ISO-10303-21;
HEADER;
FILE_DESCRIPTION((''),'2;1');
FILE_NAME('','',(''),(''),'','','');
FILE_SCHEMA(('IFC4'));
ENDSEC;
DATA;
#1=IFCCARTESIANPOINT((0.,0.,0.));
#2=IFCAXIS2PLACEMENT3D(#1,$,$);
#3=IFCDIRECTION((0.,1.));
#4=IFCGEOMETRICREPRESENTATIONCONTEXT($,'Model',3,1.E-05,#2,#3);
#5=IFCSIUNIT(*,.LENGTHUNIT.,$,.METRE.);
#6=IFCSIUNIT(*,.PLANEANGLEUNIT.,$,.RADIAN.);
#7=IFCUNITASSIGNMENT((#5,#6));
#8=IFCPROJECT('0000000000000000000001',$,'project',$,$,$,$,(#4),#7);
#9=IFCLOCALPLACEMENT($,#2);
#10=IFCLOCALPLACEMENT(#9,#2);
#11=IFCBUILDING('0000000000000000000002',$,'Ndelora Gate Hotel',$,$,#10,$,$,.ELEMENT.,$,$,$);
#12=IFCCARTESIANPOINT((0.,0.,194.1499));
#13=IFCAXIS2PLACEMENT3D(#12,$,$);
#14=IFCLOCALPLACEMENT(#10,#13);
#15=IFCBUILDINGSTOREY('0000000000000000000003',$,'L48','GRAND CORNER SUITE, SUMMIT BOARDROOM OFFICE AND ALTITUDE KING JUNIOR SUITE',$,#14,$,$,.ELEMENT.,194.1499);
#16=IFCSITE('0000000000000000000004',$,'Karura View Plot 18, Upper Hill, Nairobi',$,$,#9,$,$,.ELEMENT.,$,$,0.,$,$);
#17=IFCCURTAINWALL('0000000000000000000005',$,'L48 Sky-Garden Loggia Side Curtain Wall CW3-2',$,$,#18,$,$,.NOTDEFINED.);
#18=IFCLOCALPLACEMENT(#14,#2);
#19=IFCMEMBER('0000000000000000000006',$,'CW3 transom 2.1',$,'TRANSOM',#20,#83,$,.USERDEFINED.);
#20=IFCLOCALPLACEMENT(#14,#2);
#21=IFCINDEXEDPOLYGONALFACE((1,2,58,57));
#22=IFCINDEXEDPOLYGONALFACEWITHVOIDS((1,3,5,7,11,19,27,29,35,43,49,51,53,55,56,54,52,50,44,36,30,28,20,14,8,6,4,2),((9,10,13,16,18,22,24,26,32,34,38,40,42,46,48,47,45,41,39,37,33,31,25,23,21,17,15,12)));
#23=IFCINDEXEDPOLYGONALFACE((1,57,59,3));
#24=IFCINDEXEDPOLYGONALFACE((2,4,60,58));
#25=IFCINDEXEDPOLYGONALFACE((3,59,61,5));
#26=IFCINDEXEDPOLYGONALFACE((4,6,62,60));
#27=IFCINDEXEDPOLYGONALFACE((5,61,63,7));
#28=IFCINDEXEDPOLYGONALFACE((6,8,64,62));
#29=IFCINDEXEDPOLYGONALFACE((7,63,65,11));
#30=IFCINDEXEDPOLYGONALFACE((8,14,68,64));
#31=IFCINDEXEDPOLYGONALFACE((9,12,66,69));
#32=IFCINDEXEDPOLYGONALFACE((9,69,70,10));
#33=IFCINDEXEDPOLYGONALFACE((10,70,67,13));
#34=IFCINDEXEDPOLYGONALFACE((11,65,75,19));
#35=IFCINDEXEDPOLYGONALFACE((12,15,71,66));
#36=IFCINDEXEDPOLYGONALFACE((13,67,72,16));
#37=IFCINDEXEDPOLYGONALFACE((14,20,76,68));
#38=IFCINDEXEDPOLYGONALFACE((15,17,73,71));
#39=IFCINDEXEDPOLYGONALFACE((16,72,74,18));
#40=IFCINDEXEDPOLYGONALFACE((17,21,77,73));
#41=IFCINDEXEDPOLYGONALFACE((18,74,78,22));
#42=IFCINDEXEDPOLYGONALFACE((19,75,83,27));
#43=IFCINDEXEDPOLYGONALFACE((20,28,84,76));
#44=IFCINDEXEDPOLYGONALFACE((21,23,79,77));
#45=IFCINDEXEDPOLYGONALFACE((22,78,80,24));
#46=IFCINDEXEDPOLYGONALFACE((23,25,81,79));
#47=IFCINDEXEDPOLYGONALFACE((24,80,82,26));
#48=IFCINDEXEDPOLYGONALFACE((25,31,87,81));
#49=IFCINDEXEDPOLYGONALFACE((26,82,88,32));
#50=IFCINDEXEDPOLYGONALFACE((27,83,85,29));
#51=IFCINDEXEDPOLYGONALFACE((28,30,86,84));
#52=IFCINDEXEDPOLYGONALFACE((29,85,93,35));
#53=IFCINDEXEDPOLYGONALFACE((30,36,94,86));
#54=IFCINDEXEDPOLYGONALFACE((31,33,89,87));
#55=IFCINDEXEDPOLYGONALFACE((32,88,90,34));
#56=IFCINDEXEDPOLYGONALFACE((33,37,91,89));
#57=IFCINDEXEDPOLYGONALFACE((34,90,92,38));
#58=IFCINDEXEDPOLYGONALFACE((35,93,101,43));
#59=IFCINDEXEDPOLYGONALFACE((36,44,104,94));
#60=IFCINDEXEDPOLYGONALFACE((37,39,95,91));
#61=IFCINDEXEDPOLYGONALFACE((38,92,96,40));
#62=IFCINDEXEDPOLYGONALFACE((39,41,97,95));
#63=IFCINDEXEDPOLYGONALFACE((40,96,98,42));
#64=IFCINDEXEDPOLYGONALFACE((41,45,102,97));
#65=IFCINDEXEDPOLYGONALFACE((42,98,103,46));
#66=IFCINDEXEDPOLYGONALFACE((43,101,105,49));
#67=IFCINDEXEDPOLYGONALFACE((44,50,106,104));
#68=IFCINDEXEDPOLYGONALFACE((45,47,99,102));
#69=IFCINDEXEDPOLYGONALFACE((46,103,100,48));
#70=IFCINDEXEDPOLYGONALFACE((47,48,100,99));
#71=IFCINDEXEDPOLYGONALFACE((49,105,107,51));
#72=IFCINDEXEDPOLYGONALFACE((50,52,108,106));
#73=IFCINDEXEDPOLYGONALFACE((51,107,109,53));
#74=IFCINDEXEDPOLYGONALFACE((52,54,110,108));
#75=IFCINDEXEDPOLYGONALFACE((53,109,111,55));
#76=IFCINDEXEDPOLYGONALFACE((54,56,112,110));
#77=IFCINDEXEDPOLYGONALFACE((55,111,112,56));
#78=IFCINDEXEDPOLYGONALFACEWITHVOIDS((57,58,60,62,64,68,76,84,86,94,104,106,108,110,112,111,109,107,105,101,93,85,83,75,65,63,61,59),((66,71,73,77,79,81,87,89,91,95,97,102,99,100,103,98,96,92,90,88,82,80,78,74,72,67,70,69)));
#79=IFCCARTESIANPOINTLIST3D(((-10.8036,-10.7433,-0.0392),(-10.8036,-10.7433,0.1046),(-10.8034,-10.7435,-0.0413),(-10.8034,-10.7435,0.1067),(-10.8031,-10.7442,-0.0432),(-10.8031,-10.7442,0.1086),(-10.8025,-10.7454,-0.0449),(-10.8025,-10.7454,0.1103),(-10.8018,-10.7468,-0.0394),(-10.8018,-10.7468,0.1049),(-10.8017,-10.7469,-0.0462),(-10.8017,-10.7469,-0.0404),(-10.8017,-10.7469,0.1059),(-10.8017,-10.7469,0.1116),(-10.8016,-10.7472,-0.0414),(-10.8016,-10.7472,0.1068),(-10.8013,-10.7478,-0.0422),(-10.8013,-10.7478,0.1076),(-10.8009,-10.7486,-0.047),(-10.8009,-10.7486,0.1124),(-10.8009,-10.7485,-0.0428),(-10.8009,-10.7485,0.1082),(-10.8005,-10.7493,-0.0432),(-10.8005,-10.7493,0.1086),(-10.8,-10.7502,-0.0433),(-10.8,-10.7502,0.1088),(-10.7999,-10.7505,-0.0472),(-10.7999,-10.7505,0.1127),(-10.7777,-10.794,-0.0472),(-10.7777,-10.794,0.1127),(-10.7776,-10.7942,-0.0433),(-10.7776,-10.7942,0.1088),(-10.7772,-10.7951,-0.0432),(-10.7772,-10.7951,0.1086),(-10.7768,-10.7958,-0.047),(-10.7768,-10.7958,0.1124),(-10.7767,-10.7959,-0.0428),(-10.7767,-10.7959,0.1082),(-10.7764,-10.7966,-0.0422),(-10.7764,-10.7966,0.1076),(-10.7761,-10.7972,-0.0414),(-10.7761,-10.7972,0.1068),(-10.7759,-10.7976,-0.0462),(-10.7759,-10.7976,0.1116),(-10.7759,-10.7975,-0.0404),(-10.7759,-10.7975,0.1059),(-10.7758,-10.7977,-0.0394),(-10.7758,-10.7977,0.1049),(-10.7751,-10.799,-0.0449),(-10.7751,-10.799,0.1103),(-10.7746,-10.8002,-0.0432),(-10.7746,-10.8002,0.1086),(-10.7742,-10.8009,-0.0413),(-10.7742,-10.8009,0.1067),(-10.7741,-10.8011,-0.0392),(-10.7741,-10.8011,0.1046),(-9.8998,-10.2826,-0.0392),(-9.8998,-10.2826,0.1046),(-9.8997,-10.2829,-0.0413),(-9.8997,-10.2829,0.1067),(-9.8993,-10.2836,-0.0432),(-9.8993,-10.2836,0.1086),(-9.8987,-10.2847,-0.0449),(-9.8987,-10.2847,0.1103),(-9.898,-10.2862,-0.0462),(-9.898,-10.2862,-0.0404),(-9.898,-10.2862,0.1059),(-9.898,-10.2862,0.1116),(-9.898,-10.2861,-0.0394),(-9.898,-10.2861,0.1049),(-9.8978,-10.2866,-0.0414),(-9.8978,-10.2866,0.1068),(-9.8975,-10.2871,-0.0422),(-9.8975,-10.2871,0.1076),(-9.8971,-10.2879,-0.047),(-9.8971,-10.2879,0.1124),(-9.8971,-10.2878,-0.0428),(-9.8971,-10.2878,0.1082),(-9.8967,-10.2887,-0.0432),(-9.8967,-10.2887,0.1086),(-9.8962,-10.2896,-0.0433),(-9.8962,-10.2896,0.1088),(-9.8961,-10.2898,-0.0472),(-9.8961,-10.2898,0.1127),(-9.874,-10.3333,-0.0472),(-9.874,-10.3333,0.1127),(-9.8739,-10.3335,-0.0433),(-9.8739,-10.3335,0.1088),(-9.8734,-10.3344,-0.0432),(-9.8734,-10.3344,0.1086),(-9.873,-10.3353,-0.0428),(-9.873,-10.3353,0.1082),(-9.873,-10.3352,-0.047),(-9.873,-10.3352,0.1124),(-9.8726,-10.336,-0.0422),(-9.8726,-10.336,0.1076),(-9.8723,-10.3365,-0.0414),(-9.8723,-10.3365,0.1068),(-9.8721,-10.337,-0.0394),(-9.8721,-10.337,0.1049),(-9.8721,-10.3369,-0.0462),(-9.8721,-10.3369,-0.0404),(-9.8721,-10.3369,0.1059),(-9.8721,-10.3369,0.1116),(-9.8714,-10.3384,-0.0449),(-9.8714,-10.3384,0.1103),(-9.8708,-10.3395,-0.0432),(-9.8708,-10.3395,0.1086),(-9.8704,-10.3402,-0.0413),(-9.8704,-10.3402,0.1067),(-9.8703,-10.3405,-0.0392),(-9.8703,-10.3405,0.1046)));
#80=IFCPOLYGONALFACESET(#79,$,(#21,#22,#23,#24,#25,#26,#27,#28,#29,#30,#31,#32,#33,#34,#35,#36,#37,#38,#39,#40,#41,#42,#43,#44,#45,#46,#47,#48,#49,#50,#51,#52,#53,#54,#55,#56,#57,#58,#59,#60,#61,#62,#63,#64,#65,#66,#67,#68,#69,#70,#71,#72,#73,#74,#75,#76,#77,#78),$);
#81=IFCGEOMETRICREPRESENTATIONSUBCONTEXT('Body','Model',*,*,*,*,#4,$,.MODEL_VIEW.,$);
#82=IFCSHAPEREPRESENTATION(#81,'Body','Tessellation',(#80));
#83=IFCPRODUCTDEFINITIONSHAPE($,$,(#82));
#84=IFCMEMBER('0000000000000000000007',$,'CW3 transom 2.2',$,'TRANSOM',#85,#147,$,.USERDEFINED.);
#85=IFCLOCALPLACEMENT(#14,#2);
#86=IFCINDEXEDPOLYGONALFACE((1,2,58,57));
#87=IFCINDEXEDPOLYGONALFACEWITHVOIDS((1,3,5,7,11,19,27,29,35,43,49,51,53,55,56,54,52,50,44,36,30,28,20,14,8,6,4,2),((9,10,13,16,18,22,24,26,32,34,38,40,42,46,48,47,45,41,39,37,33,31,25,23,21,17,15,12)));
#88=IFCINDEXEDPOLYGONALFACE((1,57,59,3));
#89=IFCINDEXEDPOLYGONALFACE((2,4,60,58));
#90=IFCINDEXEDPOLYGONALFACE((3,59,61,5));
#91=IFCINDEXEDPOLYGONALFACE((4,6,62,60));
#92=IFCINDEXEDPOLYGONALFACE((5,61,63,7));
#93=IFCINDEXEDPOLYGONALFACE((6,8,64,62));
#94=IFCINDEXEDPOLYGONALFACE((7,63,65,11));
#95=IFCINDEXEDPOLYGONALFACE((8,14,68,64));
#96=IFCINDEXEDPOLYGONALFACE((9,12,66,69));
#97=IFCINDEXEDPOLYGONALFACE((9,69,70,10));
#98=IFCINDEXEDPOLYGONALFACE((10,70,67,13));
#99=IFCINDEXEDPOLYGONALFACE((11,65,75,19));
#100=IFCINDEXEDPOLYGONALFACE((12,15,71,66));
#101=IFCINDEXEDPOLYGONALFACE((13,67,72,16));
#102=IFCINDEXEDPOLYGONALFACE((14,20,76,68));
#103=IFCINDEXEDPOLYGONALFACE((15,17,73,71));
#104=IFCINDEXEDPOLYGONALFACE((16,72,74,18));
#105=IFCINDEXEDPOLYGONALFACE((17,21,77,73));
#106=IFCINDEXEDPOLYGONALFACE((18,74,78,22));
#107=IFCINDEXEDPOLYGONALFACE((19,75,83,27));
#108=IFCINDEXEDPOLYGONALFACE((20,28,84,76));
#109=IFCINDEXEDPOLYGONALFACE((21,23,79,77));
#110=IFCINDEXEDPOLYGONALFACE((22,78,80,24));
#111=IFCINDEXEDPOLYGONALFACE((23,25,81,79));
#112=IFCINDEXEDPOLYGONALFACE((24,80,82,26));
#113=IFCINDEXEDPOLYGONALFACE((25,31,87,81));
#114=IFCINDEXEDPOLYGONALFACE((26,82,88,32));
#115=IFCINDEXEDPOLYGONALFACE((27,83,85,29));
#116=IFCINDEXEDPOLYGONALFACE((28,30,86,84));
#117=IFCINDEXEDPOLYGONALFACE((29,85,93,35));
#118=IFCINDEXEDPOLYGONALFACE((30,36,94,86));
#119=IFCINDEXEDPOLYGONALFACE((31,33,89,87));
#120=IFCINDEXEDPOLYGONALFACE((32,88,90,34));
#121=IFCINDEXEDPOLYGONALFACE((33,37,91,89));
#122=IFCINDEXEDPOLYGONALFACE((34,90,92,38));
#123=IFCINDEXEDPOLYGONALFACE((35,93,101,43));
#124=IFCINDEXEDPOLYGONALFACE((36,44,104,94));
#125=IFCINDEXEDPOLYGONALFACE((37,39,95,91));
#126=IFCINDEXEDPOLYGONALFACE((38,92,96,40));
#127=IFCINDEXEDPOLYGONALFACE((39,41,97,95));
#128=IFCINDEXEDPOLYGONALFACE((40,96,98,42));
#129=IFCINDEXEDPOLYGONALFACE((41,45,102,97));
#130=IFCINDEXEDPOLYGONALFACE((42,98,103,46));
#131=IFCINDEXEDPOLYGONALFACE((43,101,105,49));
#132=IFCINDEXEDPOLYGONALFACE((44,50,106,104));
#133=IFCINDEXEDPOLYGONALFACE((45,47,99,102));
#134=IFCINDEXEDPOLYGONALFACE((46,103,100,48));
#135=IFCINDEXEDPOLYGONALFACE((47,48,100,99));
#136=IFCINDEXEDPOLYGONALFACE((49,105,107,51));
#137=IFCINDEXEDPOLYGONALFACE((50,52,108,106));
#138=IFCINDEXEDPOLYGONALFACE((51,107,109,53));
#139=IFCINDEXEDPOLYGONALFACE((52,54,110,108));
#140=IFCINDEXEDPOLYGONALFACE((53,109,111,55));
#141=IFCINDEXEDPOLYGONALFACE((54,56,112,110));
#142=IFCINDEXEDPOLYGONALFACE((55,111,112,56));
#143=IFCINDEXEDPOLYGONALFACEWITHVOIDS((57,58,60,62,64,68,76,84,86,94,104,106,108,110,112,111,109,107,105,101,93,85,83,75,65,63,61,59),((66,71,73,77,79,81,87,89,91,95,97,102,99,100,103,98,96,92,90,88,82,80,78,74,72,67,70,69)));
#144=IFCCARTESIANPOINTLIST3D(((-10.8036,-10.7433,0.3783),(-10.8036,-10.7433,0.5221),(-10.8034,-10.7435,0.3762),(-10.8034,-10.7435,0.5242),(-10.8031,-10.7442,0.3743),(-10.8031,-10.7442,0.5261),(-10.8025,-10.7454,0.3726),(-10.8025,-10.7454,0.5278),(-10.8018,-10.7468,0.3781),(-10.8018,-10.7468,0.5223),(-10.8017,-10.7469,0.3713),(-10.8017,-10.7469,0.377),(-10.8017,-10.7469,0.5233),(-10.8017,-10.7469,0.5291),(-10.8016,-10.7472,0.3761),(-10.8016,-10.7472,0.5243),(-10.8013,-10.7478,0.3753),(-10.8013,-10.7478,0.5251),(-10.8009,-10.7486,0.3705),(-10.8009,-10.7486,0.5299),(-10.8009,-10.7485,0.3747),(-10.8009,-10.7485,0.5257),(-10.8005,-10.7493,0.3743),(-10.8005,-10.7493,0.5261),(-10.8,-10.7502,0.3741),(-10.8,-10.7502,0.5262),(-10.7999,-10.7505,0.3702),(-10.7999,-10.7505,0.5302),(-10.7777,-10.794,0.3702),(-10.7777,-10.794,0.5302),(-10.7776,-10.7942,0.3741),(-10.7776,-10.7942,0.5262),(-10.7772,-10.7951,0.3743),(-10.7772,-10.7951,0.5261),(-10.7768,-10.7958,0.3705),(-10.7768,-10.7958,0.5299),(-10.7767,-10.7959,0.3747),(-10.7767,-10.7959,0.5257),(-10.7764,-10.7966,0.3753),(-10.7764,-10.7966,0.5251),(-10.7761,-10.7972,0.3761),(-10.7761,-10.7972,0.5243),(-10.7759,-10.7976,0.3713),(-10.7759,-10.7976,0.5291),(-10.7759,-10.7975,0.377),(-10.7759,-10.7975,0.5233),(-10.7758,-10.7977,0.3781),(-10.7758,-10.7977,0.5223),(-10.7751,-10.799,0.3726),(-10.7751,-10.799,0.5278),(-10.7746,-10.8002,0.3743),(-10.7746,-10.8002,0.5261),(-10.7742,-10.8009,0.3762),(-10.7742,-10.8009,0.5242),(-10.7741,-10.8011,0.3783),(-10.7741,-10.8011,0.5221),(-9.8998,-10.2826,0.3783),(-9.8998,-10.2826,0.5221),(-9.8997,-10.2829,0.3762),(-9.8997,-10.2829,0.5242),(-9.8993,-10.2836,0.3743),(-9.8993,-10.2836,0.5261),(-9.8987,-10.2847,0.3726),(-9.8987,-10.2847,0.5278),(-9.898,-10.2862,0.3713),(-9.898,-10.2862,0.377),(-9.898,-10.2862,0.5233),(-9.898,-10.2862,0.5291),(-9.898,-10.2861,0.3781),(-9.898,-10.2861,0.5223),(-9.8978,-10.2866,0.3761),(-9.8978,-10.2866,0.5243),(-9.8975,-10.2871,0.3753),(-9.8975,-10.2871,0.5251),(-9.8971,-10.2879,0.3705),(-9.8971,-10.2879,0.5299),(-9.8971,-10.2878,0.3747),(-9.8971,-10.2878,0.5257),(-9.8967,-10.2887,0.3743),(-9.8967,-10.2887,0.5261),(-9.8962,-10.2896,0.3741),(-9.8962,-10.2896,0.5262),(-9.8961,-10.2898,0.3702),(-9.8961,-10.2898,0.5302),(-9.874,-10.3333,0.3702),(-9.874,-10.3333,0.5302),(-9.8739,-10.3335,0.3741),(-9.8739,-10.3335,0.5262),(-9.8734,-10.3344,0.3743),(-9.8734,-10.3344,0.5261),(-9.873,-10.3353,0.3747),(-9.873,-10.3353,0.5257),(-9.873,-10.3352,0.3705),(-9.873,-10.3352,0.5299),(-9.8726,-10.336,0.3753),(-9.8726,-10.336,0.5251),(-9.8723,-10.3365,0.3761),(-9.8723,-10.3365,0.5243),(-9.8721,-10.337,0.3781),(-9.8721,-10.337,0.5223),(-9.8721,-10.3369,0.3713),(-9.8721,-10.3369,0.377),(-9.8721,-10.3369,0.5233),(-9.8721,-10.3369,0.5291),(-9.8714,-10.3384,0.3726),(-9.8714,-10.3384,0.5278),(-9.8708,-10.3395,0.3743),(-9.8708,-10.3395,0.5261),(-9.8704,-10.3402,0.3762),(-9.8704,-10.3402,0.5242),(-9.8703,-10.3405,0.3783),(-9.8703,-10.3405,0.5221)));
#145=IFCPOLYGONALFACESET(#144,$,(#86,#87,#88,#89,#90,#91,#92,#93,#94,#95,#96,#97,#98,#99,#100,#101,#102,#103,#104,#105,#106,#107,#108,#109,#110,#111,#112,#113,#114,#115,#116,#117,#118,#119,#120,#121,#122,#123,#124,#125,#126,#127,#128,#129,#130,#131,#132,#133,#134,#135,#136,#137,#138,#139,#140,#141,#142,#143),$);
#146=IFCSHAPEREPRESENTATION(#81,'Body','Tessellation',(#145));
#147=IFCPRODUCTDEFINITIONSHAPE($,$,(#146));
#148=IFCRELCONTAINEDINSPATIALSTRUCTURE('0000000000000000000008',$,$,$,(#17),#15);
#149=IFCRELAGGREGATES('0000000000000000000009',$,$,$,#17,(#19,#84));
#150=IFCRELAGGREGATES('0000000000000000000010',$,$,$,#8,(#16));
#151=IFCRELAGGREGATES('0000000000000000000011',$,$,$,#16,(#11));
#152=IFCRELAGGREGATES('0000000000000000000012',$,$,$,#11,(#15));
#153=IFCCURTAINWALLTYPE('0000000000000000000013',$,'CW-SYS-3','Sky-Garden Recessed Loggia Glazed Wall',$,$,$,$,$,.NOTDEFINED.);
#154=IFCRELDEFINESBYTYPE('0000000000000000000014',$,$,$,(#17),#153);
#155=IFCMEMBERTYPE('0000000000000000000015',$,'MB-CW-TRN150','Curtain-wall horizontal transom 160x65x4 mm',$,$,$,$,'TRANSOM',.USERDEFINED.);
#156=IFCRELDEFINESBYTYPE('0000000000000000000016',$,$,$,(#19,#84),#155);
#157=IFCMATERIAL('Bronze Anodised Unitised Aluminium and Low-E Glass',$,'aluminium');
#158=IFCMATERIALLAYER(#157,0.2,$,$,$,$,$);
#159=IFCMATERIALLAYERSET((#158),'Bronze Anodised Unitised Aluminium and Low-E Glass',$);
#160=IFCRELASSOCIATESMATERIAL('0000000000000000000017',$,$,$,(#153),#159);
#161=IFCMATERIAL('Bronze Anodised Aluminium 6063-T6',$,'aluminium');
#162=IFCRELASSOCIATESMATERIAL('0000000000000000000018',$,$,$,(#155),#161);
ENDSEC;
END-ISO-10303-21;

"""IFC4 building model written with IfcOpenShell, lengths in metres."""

from ifc_helpers import new_model, si_unit, direction, frame, origin, origin_2d, place, context, subcontext, project, spatial, hollow_rectangle, extrude, material, layer, layer_set, material_profile, profile_set, type_object, element, aggregate, save


model = new_model("IFC4")

# Units and contexts
model_context = context("Model", 3, precision=1e-05, world=origin(), true_north=direction((0.0, 1.0)))
body_context = subcontext(model_context, "Body", "Model", "MODEL_VIEW")
ifc_project = project(units=[si_unit("LENGTHUNIT", "METRE"), si_unit("PLANEANGLEUNIT", "RADIAN")], contexts=[model_context])

# Site, building, storey
site_placement = place(None, origin())
site = spatial("IfcSite", under=ifc_project, at=site_placement, Name="Karura View Plot 18, Upper Hill, Nairobi", CompositionType="ELEMENT", RefElevation=0.0)
building_placement = place(site_placement, origin())
building = spatial("IfcBuilding", under=site, at=building_placement, Name="Ndelora Gate Hotel", CompositionType="ELEMENT")
storey_placement = place(building_placement, frame((0.0, 0.0, 194.1499)))
storey = spatial("IfcBuildingStorey", under=building, at=storey_placement, Name="L48", Description="GRAND CORNER SUITE, SUMMIT BOARDROOM OFFICE AND ALTITUDE KING JUNIOR SUITE", CompositionType="ELEMENT", Elevation=194.1499)

# Curtain wall, members
ifc_material_1 = material(Name="Bronze Anodised Unitised Aluminium and Low-E Glass", Category="aluminium")
ifc_layer_1 = layer(ifc_material_1, 0.2)
ifc_layer_set_1 = layer_set([ifc_layer_1], Name="Bronze Anodised Unitised Aluminium and Low-E Glass")
curtain_wall_type = type_object("IfcCurtainWallType", Name="CW-SYS-3", Description="Sky-Garden Recessed Loggia Glazed Wall", PredefinedType="NOTDEFINED", material=ifc_layer_set_1)
curtain_wall_placement = place(storey_placement, origin())
curtain_wall = element("IfcCurtainWall", 1, at=curtain_wall_placement, inside=storey, type_object=curtain_wall_type, Name="L48 Sky-Garden Loggia Side Curtain Wall CW3-2", PredefinedType="NOTDEFINED")
ifc_material_2 = material(Name="Bronze Anodised Aluminium 6063-T6", Category="aluminium")
ifc_material_profile_1 = material_profile(ifc_material_2, hollow_rectangle(XDim=0.0649, YDim=0.1599, WallThickness=0.0039, InnerFilletRadius=0.0039, OuterFilletRadius=0.0081, at=origin_2d()), Name="ALU 160x65x4")
ifc_profile_set_1 = profile_set([ifc_material_profile_1], Name="Bronze Anodised Aluminium 6063-T6")
member_type_1 = type_object("IfcMemberType", Name="MB-CW-TRN150", Description="Curtain-wall horizontal transom 160x65x4 mm", ElementType="TRANSOM", PredefinedType="USERDEFINED", material=ifc_profile_set_1)
member_1_placement = place(storey_placement, frame((-10.7888, -10.7722, 0.0327), z_axis=(0.890935, 0.454131, 0.0), x_axis=(-0.454131, 0.890935, 0.0)))
member_1 = element("IfcMember", 2, at=member_1_placement, type_object=member_type_1, Name="CW3 transom 2.1", ObjectType="TRANSOM", PredefinedType="USERDEFINED", context=body_context, shape_type="SweptSolid", body=[
    extrude(hollow_rectangle(XDim=0.0649, YDim=0.1599, WallThickness=0.0039, InnerFilletRadius=0.0039, OuterFilletRadius=0.0081, at=origin_2d()), origin(), (0.0, 0.0, 1.0), 1.0144),
])
member_2_placement = place(storey_placement, frame((-10.7888, -10.7722, 0.4502), z_axis=(0.890935, 0.454131, 0.0), x_axis=(-0.454131, 0.890935, 0.0)))
member_2 = element("IfcMember", 3, at=member_2_placement, type_object=member_type_1, Name="CW3 transom 2.2", ObjectType="TRANSOM", PredefinedType="USERDEFINED", context=body_context, shape_type="SweptSolid", body=[
    extrude(hollow_rectangle(XDim=0.0649, YDim=0.1599, WallThickness=0.0039, InnerFilletRadius=0.0039, OuterFilletRadius=0.0081, at=origin_2d()), origin(), (0.0, 0.0, 1.0), 1.0144),
])
aggregate(curtain_wall, [member_1, member_2])

save(model, "model.ifc")
